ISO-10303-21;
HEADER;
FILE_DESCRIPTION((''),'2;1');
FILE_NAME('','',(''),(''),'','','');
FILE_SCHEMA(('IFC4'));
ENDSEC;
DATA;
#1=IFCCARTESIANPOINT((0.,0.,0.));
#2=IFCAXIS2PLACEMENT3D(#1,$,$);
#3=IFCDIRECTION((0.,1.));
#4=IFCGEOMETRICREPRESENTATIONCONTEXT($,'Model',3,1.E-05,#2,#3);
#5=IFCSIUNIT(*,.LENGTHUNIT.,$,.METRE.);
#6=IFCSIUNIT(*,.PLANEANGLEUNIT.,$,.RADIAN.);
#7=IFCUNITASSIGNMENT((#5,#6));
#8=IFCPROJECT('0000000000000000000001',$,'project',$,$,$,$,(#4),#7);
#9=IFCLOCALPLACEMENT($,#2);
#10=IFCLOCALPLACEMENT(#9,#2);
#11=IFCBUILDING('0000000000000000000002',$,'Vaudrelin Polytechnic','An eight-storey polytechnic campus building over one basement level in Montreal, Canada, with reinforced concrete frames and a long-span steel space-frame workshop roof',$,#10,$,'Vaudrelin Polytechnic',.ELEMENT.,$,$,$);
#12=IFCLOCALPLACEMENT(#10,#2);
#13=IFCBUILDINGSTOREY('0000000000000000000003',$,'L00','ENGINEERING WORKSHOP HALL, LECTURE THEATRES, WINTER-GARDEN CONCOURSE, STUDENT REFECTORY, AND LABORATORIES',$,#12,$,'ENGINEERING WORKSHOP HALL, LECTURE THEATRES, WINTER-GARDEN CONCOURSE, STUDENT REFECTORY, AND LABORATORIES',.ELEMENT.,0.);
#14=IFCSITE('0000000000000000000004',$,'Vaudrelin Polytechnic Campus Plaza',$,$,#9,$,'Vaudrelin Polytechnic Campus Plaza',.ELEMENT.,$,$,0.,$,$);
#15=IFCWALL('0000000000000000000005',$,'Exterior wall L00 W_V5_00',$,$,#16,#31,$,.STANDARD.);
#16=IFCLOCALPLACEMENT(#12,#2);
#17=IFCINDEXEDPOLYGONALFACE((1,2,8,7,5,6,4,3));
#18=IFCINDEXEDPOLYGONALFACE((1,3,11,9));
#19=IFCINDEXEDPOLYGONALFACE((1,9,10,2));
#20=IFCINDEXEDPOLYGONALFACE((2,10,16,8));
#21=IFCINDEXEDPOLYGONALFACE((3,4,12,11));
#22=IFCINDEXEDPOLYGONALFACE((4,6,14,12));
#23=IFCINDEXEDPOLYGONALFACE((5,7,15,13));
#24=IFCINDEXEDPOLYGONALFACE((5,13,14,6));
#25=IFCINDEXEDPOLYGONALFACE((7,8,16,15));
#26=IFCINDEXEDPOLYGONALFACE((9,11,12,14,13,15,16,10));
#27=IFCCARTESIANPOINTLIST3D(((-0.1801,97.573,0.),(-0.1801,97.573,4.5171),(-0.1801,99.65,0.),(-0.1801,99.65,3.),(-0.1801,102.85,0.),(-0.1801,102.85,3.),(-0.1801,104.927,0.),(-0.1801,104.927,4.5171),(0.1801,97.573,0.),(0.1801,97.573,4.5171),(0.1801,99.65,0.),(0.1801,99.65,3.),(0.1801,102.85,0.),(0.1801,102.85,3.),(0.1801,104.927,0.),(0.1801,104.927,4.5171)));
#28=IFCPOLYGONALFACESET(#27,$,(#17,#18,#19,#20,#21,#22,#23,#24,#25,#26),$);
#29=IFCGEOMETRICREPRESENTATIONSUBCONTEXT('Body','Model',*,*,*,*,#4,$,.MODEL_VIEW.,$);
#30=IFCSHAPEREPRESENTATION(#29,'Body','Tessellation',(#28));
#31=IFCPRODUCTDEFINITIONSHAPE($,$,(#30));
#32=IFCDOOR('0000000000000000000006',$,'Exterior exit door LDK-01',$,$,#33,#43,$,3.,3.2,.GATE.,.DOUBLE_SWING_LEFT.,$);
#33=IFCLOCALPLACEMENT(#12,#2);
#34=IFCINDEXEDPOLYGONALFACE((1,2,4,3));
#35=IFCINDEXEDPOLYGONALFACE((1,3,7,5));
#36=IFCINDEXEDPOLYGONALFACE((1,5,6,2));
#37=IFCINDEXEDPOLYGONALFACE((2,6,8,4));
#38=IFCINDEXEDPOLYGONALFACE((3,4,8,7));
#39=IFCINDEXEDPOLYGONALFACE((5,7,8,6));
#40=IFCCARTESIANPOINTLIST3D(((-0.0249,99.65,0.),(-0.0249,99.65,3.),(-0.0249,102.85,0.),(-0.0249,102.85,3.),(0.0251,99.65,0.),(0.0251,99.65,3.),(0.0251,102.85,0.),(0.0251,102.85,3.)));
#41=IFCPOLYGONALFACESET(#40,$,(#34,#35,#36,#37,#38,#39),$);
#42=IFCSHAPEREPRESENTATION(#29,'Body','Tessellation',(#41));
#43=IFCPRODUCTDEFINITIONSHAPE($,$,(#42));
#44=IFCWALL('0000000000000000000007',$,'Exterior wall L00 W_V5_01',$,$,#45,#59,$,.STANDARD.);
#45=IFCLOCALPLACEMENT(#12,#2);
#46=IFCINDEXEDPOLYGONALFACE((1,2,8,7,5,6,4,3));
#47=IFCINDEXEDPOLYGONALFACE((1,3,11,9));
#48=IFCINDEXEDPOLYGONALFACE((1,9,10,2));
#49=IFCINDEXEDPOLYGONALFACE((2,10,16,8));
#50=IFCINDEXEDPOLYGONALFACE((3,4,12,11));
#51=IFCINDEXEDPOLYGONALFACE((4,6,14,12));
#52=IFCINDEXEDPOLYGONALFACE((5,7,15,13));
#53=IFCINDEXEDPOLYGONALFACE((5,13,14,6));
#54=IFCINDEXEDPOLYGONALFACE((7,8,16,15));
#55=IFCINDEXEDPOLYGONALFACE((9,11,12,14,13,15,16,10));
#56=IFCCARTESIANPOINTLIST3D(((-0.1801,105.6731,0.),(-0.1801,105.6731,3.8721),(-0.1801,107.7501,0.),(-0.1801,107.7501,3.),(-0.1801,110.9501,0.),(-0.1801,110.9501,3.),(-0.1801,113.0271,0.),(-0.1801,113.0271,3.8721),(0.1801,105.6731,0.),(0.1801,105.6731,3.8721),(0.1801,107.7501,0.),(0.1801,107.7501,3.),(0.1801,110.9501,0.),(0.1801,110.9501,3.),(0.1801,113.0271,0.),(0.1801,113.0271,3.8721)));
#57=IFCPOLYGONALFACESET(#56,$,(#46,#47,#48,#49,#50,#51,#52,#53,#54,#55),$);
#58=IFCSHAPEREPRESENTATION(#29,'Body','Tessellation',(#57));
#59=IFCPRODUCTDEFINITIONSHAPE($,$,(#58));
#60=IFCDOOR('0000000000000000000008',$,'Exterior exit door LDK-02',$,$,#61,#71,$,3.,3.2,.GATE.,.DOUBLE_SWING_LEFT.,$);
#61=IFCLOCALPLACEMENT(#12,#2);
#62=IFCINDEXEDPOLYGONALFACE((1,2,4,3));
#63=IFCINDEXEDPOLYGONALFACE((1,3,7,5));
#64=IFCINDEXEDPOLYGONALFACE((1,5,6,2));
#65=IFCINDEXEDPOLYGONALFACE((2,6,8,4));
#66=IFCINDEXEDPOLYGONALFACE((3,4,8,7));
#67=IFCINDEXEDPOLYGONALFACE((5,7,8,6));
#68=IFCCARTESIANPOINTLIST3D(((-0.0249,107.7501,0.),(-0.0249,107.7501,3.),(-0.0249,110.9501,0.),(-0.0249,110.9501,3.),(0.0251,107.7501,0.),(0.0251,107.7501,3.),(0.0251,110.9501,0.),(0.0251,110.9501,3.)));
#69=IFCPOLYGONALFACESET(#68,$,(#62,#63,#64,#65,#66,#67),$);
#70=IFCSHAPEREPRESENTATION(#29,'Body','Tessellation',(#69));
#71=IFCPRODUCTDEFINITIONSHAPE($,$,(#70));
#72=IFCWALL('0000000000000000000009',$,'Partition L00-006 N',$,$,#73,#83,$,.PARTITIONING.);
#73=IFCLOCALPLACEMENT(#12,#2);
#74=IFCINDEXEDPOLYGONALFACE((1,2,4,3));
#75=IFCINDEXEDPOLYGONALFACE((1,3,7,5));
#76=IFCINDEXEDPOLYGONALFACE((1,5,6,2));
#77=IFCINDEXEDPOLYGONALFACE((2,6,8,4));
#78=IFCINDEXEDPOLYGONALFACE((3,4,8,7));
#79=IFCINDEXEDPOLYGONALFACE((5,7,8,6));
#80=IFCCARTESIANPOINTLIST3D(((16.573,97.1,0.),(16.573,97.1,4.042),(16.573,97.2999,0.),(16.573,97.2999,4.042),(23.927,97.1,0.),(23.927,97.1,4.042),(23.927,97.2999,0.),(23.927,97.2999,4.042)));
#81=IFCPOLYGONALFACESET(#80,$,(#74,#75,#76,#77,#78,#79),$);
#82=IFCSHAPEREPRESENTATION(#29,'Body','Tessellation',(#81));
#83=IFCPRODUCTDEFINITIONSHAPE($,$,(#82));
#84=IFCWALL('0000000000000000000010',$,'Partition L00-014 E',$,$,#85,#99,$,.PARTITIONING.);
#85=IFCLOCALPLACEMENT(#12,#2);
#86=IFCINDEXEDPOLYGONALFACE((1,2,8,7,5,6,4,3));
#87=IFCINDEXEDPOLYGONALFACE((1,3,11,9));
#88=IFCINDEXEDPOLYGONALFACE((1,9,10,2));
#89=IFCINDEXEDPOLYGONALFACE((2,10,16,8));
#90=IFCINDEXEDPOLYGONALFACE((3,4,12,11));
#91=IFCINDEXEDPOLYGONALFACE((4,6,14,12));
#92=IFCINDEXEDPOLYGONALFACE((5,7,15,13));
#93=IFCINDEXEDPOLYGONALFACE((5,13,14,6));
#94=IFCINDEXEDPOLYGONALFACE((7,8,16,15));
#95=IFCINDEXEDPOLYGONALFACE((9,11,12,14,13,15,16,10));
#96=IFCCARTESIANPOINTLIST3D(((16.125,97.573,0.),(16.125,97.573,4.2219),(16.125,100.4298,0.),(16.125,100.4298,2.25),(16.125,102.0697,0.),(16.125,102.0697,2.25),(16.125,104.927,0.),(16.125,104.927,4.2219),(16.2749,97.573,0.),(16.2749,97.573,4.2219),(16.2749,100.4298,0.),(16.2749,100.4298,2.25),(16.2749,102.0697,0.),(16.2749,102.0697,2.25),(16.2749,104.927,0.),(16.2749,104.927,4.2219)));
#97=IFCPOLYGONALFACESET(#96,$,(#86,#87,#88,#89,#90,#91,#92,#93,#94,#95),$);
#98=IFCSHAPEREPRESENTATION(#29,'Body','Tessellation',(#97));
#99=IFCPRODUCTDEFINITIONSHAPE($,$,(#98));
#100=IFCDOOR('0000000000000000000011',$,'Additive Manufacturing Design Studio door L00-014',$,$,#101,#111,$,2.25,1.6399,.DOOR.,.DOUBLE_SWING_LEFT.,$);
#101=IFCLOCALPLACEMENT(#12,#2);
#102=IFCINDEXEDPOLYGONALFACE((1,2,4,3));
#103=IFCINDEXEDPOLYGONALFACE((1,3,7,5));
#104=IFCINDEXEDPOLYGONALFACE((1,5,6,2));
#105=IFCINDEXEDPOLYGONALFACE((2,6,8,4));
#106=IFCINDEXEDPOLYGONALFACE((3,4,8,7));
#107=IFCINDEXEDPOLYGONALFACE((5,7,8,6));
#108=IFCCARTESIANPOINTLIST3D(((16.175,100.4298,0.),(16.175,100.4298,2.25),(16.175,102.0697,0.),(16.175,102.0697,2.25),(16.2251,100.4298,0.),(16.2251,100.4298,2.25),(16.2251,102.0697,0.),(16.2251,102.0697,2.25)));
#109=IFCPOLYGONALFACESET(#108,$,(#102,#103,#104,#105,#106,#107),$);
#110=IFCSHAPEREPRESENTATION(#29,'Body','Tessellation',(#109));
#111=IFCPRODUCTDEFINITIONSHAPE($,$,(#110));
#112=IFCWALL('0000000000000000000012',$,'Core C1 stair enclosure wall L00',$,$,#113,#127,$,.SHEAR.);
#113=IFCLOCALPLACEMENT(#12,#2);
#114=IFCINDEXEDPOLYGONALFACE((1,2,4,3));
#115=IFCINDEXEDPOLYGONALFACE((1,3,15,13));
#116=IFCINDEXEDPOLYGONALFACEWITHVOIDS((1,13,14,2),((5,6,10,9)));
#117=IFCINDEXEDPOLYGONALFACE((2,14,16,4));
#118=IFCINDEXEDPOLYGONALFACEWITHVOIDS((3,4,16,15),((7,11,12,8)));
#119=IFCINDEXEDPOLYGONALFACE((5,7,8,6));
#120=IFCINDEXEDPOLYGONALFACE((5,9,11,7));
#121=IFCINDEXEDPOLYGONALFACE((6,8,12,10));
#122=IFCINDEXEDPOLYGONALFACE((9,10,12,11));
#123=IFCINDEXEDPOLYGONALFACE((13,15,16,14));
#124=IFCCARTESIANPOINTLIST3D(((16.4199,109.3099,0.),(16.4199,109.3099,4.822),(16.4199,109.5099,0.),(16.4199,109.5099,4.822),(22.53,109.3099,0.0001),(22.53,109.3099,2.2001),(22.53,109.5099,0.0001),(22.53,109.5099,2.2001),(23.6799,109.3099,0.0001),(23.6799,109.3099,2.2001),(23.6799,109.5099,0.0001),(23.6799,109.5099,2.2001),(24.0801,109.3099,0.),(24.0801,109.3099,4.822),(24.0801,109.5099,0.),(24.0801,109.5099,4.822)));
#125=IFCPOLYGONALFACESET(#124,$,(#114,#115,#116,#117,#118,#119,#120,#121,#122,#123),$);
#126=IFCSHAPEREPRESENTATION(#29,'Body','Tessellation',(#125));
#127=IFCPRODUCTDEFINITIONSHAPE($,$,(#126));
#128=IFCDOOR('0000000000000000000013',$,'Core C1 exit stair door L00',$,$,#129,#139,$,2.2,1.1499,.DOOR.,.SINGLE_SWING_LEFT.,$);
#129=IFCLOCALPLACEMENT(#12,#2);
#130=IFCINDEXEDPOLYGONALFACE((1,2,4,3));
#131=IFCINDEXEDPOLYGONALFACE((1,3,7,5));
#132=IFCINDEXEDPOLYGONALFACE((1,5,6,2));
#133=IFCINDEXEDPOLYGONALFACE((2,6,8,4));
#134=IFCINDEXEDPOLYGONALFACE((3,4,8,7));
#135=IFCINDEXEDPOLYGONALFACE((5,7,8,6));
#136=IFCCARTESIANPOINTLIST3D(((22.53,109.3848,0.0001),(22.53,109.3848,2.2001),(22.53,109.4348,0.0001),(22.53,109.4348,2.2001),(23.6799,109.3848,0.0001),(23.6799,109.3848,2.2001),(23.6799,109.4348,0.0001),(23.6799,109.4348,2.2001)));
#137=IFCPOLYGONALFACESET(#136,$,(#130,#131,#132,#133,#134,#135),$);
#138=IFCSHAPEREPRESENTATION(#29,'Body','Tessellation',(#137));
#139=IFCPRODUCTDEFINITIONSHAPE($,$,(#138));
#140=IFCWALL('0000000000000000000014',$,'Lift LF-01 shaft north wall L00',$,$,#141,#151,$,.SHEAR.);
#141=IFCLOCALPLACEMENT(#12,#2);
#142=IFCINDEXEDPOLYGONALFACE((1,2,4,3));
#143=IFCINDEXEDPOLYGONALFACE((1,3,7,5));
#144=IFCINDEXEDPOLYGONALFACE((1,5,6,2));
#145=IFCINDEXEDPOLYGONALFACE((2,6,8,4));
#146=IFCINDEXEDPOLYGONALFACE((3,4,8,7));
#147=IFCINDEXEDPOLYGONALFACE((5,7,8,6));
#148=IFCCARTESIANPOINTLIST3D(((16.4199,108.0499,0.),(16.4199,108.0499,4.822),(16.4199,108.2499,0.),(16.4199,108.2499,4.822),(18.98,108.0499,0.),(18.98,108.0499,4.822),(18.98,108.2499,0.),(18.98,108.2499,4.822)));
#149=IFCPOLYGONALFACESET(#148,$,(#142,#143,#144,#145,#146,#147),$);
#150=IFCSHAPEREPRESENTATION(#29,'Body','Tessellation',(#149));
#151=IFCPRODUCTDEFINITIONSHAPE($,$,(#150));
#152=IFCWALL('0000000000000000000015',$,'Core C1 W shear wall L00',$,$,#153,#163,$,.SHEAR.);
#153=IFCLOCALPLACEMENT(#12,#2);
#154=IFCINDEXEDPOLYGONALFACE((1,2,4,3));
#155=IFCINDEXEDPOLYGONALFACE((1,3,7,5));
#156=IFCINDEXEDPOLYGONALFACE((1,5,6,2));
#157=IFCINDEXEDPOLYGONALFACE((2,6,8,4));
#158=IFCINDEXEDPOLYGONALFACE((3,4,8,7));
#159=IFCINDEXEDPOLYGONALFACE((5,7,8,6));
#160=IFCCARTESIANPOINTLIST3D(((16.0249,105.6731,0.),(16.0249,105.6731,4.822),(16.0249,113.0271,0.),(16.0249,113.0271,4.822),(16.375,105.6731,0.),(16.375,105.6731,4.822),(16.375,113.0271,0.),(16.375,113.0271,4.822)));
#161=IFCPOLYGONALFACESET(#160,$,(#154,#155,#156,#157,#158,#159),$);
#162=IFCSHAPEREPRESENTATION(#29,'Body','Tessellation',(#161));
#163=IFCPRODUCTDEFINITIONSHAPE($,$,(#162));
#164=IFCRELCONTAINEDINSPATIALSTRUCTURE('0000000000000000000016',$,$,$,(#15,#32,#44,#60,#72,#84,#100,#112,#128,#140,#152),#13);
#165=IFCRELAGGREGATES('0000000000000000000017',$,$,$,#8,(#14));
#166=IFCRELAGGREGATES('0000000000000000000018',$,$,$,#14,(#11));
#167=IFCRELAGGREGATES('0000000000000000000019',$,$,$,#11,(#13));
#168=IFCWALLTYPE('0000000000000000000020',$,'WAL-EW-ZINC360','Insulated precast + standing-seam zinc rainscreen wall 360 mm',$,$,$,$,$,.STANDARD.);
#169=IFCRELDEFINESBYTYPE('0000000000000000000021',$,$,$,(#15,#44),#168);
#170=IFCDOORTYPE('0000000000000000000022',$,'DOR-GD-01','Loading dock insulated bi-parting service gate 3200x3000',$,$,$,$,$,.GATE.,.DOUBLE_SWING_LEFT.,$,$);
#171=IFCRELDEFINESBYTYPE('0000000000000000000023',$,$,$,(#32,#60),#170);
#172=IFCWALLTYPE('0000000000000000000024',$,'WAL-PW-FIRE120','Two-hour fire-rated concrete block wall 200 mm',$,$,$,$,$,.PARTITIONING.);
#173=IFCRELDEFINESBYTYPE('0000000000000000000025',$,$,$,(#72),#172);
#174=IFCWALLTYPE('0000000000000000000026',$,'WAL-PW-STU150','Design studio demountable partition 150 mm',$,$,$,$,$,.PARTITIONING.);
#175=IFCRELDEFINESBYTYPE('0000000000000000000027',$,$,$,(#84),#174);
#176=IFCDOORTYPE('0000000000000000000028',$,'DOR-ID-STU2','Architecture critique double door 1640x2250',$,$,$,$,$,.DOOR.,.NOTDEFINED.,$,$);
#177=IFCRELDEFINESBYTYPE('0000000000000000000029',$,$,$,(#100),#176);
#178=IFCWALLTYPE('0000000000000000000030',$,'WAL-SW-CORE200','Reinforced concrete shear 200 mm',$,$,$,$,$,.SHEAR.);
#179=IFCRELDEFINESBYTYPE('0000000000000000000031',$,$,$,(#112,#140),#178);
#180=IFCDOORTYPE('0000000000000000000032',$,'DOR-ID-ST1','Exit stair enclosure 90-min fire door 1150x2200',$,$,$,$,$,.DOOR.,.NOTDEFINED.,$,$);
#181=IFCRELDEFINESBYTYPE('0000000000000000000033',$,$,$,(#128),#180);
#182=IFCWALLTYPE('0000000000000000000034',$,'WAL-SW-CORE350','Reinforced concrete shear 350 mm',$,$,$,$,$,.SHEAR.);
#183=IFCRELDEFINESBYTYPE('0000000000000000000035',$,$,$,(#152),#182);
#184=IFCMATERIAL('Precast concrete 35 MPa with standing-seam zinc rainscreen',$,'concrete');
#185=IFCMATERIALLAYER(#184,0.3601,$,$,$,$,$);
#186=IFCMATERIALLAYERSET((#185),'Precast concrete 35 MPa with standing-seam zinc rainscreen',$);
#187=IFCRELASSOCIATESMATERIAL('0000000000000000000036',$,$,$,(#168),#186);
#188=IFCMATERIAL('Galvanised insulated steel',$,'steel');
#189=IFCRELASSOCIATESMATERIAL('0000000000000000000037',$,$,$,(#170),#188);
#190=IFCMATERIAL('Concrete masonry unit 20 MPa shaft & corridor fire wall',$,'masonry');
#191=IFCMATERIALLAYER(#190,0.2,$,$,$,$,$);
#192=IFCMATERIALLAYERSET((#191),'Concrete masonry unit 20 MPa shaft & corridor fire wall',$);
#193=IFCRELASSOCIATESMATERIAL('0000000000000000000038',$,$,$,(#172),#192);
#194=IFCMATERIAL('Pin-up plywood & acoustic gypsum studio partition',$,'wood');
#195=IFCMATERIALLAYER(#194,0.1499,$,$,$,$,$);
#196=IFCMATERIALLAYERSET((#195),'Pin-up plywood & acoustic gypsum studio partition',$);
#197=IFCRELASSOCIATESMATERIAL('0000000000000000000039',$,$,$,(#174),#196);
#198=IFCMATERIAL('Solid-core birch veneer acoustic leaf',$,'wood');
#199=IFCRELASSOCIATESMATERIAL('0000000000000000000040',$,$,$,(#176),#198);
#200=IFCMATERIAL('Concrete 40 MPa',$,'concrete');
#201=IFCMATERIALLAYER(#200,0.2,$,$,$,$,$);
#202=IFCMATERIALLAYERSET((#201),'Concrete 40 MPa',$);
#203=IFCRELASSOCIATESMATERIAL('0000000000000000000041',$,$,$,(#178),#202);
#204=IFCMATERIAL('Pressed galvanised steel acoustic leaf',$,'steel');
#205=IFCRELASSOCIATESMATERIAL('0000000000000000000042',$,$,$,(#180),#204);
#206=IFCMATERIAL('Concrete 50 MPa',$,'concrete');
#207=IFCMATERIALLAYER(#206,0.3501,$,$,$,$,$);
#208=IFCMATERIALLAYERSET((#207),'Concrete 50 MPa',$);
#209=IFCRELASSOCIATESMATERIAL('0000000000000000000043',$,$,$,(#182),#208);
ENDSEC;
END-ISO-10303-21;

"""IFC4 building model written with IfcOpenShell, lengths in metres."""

from ifc_helpers import new_model, si_unit, direction, frame, frame_2d, origin, place, context, subcontext, project, spatial, rectangle, extrude, material, layer, layer_set, type_object, element, fill, save


model = new_model("IFC4")

# Units and contexts
model_context = context("Model", 3, precision=1e-05, world=origin(), true_north=direction((0.0, 1.0)))
body_context = subcontext(model_context, "Body", "Model", "MODEL_VIEW")
ifc_project = project(units=[si_unit("LENGTHUNIT", "METRE"), si_unit("PLANEANGLEUNIT", "RADIAN")], contexts=[model_context])

# Site, building, storey
site_placement = place(None, origin())
site = spatial("IfcSite", under=ifc_project, at=site_placement, Name="Vaudrelin Polytechnic Campus Plaza", LongName="Vaudrelin Polytechnic Campus Plaza", CompositionType="ELEMENT", RefElevation=0.0)
building_placement = place(site_placement, origin())
building = spatial("IfcBuilding", under=site, at=building_placement, Name="Vaudrelin Polytechnic", Description="An eight-storey polytechnic campus building over one basement level in Montreal, Canada, with reinforced concrete frames and a long-span steel space-frame workshop roof", LongName="Vaudrelin Polytechnic", CompositionType="ELEMENT")
storey_placement = place(building_placement, origin())
storey = spatial("IfcBuildingStorey", under=building, at=storey_placement, Name="L00", Description="ENGINEERING WORKSHOP HALL, LECTURE THEATRES, WINTER-GARDEN CONCOURSE, STUDENT REFECTORY, AND LABORATORIES", LongName="ENGINEERING WORKSHOP HALL, LECTURE THEATRES, WINTER-GARDEN CONCOURSE, STUDENT REFECTORY, AND LABORATORIES", CompositionType="ELEMENT", Elevation=0.0)

# Shared definitions
ifc_material_1 = material(Name="Concrete 50 MPa", Category="concrete")

# Shared definitions
ifc_material_2 = material(Name="Concrete 40 MPa", Category="concrete")

# Walls, openings, doors
ifc_material_3 = material(Name="Precast concrete 35 MPa with standing-seam zinc rainscreen", Category="concrete")
ifc_layer_1 = layer(ifc_material_3, 0.3601)
ifc_layer_set_1 = layer_set([ifc_layer_1], Name="Precast concrete 35 MPa with standing-seam zinc rainscreen")
wall_type_1 = type_object("IfcWallType", Name="WAL-EW-ZINC360", Description="Insulated precast + standing-seam zinc rainscreen wall 360 mm", PredefinedType="STANDARD", material=ifc_layer_set_1)
wall_1_placement = place(storey_placement, frame((0.0, 97.573, 0.0), z_axis=(0.0, 0.0, 1.0), x_axis=(0.0, 1.0, 0.0)))
wall_1 = element("IfcWall", 1, at=wall_1_placement, inside=storey, type_object=wall_type_1, Name="Exterior wall L00 W_V5_00", PredefinedType="STANDARD", context=body_context, shape_type="SweptSolid", body=[
    extrude(rectangle(XDim=7.354, YDim=0.3601, at=frame_2d((3.677, 0.0))), origin(), (0.0, 0.0, 1.0), 4.5171),
])
opening_1_placement = place(wall_1_placement, frame((2.0769, 0.0, 0.0)))
opening_1 = element("IfcOpeningElement", 2, at=opening_1_placement, cuts=wall_1, PredefinedType="OPENING", context=body_context, shape_type="SweptSolid", body=[
    extrude(rectangle(XDim=3.2, YDim=3.0, at=frame_2d((1.6001, 1.5))), frame((0.0, 0.1899, 0.0), z_axis=(0.0, -1.0, 0.0), x_axis=(1.0, 0.0, 0.0)), (0.0, 0.0, 1.0), 0.3801),
])
ifc_material_4 = material(Name="Galvanised insulated steel", Category="steel")
door_type_1 = type_object("IfcDoorType", Name="DOR-GD-01", Description="Loading dock insulated bi-parting service gate 3200x3000", OperationType="DOUBLE_SWING_LEFT", PredefinedType="GATE", material=ifc_material_4)
door_1_placement = place(opening_1_placement, origin())
door_1 = element("IfcDoor", 3, at=door_1_placement, inside=storey, type_object=door_type_1, Name="Exterior exit door LDK-01", OperationType="DOUBLE_SWING_LEFT", OverallHeight=3.0, OverallWidth=3.2, PredefinedType="GATE", context=body_context, shape_type="SweptSolid", body=[
    extrude(rectangle(XDim=3.2, YDim=3.0, at=frame_2d((1.6001, 1.5))), frame((0.0, 0.0249, 0.0), z_axis=(0.0, -1.0, 0.0), x_axis=(1.0, 0.0, 0.0)), (0.0, 0.0, 1.0), 0.05),
])
fill(opening_1, door_1)
wall_2_placement = place(storey_placement, frame((0.0, 105.6731, 0.0), z_axis=(0.0, 0.0, 1.0), x_axis=(0.0, 1.0, 0.0)))
wall_2 = element("IfcWall", 4, at=wall_2_placement, inside=storey, type_object=wall_type_1, Name="Exterior wall L00 W_V5_01", PredefinedType="STANDARD", context=body_context, shape_type="SweptSolid", body=[
    extrude(rectangle(XDim=7.354, YDim=0.3601, at=frame_2d((3.677, 0.0))), origin(), (0.0, 0.0, 1.0), 3.8721),
])
opening_2_placement = place(wall_2_placement, frame((2.0769, 0.0, 0.0)))
opening_2 = element("IfcOpeningElement", 5, at=opening_2_placement, cuts=wall_2, PredefinedType="OPENING", context=body_context, shape_type="SweptSolid", body=[
    extrude(rectangle(XDim=3.2, YDim=3.0, at=frame_2d((1.6001, 1.5))), frame((0.0, 0.1899, 0.0), z_axis=(0.0, -1.0, 0.0), x_axis=(1.0, 0.0, 0.0)), (0.0, 0.0, 1.0), 0.3801),
])
door_2_placement = place(opening_2_placement, origin())
door_2 = element("IfcDoor", 6, at=door_2_placement, inside=storey, type_object=door_type_1, Name="Exterior exit door LDK-02", OperationType="DOUBLE_SWING_LEFT", OverallHeight=3.0, OverallWidth=3.2, PredefinedType="GATE", context=body_context, shape_type="SweptSolid", body=[
    extrude(rectangle(XDim=3.2, YDim=3.0, at=frame_2d((1.6001, 1.5))), frame((0.0, 0.0249, 0.0), z_axis=(0.0, -1.0, 0.0), x_axis=(1.0, 0.0, 0.0)), (0.0, 0.0, 1.0), 0.05),
])
fill(opening_2, door_2)

# Wall
ifc_material_5 = material(Name="Concrete masonry unit 20 MPa shaft & corridor fire wall", Category="masonry")
ifc_layer_2 = layer(ifc_material_5, 0.2)
ifc_layer_set_2 = layer_set([ifc_layer_2], Name="Concrete masonry unit 20 MPa shaft & corridor fire wall")
wall_type_2 = type_object("IfcWallType", Name="WAL-PW-FIRE120", Description="Two-hour fire-rated concrete block wall 200 mm", PredefinedType="PARTITIONING", material=ifc_layer_set_2)
wall_3_placement = place(storey_placement, frame((16.573, 97.2, 0.0), z_axis=(0.0, 0.0, 1.0), x_axis=(1.0, 0.0, 0.0)))
element("IfcWall", 7, at=wall_3_placement, inside=storey, type_object=wall_type_2, Name="Partition L00-006 N", PredefinedType="PARTITIONING", context=body_context, shape_type="SweptSolid", body=[
    extrude(rectangle(XDim=7.354, YDim=0.2, at=frame_2d((3.677, 0.0))), origin(), (0.0, 0.0, 1.0), 4.042),
])

# Walls, openings, doors
ifc_material_6 = material(Name="Pin-up plywood & acoustic gypsum studio partition", Category="wood")
ifc_layer_3 = layer(ifc_material_6, 0.1499)
ifc_layer_set_3 = layer_set([ifc_layer_3], Name="Pin-up plywood & acoustic gypsum studio partition")
wall_type_3 = type_object("IfcWallType", Name="WAL-PW-STU150", Description="Design studio demountable partition 150 mm", PredefinedType="PARTITIONING", material=ifc_layer_set_3)
wall_4_placement = place(storey_placement, frame((16.2, 97.573, 0.0), z_axis=(0.0, 0.0, 1.0), x_axis=(0.0, 1.0, 0.0)))
wall_4 = element("IfcWall", 8, at=wall_4_placement, inside=storey, type_object=wall_type_3, Name="Partition L00-014 E", PredefinedType="PARTITIONING", context=body_context, shape_type="SweptSolid", body=[
    extrude(rectangle(XDim=7.354, YDim=0.1499, at=frame_2d((3.677, 0.0))), origin(), (0.0, 0.0, 1.0), 4.2219),
])
opening_3_placement = place(wall_4_placement, frame((2.8569, 0.0, 0.0)))
opening_3 = element("IfcOpeningElement", 9, at=opening_3_placement, cuts=wall_4, PredefinedType="OPENING", context=body_context, shape_type="SweptSolid", body=[
    extrude(rectangle(XDim=1.6399, YDim=2.25, at=frame_2d((0.8198, 1.125))), frame((0.0, 0.085, 0.0), z_axis=(0.0, -1.0, 0.0), x_axis=(1.0, 0.0, 0.0)), (0.0, 0.0, 1.0), 0.1699),
])
ifc_material_7 = material(Name="Solid-core birch veneer acoustic leaf", Category="wood")
door_type_2 = type_object("IfcDoorType", Name="DOR-ID-STU2", Description="Architecture critique double door 1640x2250", OperationType="NOTDEFINED", PredefinedType="DOOR", material=ifc_material_7)
door_3_placement = place(opening_3_placement, origin())
door_3 = element("IfcDoor", 10, at=door_3_placement, inside=storey, type_object=door_type_2, Name="Additive Manufacturing Design Studio door L00-014", OperationType="DOUBLE_SWING_LEFT", OverallHeight=2.25, OverallWidth=1.6399, PredefinedType="DOOR", context=body_context, shape_type="SweptSolid", body=[
    extrude(rectangle(XDim=1.6399, YDim=2.25, at=frame_2d((0.8198, 1.125))), frame((0.0, 0.0249, 0.0), z_axis=(0.0, -1.0, 0.0), x_axis=(1.0, 0.0, 0.0)), (0.0, 0.0, 1.0), 0.05),
])
fill(opening_3, door_3)
ifc_layer_4 = layer(ifc_material_2, 0.2)
ifc_layer_set_4 = layer_set([ifc_layer_4], Name="Concrete 40 MPa")
wall_type_4 = type_object("IfcWallType", Name="WAL-SW-CORE200", Description="Reinforced concrete shear 200 mm", PredefinedType="SHEAR", material=ifc_layer_set_4)
wall_5_placement = place(storey_placement, frame((16.4199, 109.4099, 0.0), z_axis=(0.0, 0.0, 1.0), x_axis=(1.0, 0.0, 0.0)))
wall_5 = element("IfcWall", 11, at=wall_5_placement, inside=storey, type_object=wall_type_4, Name="Core C1 stair enclosure wall L00", PredefinedType="SHEAR", context=body_context, shape_type="SweptSolid", body=[
    extrude(rectangle(XDim=7.6602, YDim=0.2, at=frame_2d((3.8301, 0.0))), origin(), (0.0, 0.0, 1.0), 4.822),
])
opening_4_placement = place(wall_5_placement, frame((6.1101, 0.0, 0.0)))
opening_4 = element("IfcOpeningElement", 12, at=opening_4_placement, cuts=wall_5, PredefinedType="OPENING", context=body_context, shape_type="SweptSolid", body=[
    extrude(rectangle(XDim=1.1499, YDim=2.2, at=frame_2d((0.575, 1.1001))), frame((0.0, 0.1099, 0.0), z_axis=(0.0, -1.0, 0.0), x_axis=(1.0, 0.0, 0.0)), (0.0, 0.0, 1.0), 0.22),
])
ifc_material_8 = material(Name="Pressed galvanised steel acoustic leaf", Category="steel")
door_type_3 = type_object("IfcDoorType", Name="DOR-ID-ST1", Description="Exit stair enclosure 90-min fire door 1150x2200", OperationType="NOTDEFINED", PredefinedType="DOOR", material=ifc_material_8)
door_4_placement = place(opening_4_placement, origin())
door_4 = element("IfcDoor", 13, at=door_4_placement, inside=storey, type_object=door_type_3, Name="Core C1 exit stair door L00", OperationType="SINGLE_SWING_LEFT", OverallHeight=2.2, OverallWidth=1.1499, PredefinedType="DOOR", context=body_context, shape_type="SweptSolid", body=[
    extrude(rectangle(XDim=1.1499, YDim=2.2, at=frame_2d((0.575, 1.1001))), frame((0.0, 0.0249, 0.0), z_axis=(0.0, -1.0, 0.0), x_axis=(1.0, 0.0, 0.0)), (0.0, 0.0, 1.0), 0.05),
])
fill(opening_4, door_4)

# Walls
wall_6_placement = place(storey_placement, frame((16.4199, 108.1499, 0.0), z_axis=(0.0, 0.0, 1.0), x_axis=(1.0, 0.0, 0.0)))
element("IfcWall", 14, at=wall_6_placement, inside=storey, type_object=wall_type_4, Name="Lift LF-01 shaft north wall L00", PredefinedType="SHEAR", context=body_context, shape_type="SweptSolid", body=[
    extrude(rectangle(XDim=2.5601, YDim=0.2, at=frame_2d((1.28, 0.0))), origin(), (0.0, 0.0, 1.0), 4.822),
])
ifc_layer_5 = layer(ifc_material_1, 0.3501)
ifc_layer_set_5 = layer_set([ifc_layer_5], Name="Concrete 50 MPa")
wall_type_5 = type_object("IfcWallType", Name="WAL-SW-CORE350", Description="Reinforced concrete shear 350 mm", PredefinedType="SHEAR", material=ifc_layer_set_5)
wall_7_placement = place(storey_placement, frame((16.2, 105.6731, 0.0), z_axis=(0.0, 0.0, 1.0), x_axis=(0.0, 1.0, 0.0)))
element("IfcWall", 15, at=wall_7_placement, inside=storey, type_object=wall_type_5, Name="Core C1 W shear wall L00", PredefinedType="SHEAR", context=body_context, shape_type="SweptSolid", body=[
    extrude(rectangle(XDim=7.354, YDim=0.3501, at=frame_2d((3.677, 0.0))), origin(), (0.0, 0.0, 1.0), 4.822),
])

save(model, "model.ifc")
